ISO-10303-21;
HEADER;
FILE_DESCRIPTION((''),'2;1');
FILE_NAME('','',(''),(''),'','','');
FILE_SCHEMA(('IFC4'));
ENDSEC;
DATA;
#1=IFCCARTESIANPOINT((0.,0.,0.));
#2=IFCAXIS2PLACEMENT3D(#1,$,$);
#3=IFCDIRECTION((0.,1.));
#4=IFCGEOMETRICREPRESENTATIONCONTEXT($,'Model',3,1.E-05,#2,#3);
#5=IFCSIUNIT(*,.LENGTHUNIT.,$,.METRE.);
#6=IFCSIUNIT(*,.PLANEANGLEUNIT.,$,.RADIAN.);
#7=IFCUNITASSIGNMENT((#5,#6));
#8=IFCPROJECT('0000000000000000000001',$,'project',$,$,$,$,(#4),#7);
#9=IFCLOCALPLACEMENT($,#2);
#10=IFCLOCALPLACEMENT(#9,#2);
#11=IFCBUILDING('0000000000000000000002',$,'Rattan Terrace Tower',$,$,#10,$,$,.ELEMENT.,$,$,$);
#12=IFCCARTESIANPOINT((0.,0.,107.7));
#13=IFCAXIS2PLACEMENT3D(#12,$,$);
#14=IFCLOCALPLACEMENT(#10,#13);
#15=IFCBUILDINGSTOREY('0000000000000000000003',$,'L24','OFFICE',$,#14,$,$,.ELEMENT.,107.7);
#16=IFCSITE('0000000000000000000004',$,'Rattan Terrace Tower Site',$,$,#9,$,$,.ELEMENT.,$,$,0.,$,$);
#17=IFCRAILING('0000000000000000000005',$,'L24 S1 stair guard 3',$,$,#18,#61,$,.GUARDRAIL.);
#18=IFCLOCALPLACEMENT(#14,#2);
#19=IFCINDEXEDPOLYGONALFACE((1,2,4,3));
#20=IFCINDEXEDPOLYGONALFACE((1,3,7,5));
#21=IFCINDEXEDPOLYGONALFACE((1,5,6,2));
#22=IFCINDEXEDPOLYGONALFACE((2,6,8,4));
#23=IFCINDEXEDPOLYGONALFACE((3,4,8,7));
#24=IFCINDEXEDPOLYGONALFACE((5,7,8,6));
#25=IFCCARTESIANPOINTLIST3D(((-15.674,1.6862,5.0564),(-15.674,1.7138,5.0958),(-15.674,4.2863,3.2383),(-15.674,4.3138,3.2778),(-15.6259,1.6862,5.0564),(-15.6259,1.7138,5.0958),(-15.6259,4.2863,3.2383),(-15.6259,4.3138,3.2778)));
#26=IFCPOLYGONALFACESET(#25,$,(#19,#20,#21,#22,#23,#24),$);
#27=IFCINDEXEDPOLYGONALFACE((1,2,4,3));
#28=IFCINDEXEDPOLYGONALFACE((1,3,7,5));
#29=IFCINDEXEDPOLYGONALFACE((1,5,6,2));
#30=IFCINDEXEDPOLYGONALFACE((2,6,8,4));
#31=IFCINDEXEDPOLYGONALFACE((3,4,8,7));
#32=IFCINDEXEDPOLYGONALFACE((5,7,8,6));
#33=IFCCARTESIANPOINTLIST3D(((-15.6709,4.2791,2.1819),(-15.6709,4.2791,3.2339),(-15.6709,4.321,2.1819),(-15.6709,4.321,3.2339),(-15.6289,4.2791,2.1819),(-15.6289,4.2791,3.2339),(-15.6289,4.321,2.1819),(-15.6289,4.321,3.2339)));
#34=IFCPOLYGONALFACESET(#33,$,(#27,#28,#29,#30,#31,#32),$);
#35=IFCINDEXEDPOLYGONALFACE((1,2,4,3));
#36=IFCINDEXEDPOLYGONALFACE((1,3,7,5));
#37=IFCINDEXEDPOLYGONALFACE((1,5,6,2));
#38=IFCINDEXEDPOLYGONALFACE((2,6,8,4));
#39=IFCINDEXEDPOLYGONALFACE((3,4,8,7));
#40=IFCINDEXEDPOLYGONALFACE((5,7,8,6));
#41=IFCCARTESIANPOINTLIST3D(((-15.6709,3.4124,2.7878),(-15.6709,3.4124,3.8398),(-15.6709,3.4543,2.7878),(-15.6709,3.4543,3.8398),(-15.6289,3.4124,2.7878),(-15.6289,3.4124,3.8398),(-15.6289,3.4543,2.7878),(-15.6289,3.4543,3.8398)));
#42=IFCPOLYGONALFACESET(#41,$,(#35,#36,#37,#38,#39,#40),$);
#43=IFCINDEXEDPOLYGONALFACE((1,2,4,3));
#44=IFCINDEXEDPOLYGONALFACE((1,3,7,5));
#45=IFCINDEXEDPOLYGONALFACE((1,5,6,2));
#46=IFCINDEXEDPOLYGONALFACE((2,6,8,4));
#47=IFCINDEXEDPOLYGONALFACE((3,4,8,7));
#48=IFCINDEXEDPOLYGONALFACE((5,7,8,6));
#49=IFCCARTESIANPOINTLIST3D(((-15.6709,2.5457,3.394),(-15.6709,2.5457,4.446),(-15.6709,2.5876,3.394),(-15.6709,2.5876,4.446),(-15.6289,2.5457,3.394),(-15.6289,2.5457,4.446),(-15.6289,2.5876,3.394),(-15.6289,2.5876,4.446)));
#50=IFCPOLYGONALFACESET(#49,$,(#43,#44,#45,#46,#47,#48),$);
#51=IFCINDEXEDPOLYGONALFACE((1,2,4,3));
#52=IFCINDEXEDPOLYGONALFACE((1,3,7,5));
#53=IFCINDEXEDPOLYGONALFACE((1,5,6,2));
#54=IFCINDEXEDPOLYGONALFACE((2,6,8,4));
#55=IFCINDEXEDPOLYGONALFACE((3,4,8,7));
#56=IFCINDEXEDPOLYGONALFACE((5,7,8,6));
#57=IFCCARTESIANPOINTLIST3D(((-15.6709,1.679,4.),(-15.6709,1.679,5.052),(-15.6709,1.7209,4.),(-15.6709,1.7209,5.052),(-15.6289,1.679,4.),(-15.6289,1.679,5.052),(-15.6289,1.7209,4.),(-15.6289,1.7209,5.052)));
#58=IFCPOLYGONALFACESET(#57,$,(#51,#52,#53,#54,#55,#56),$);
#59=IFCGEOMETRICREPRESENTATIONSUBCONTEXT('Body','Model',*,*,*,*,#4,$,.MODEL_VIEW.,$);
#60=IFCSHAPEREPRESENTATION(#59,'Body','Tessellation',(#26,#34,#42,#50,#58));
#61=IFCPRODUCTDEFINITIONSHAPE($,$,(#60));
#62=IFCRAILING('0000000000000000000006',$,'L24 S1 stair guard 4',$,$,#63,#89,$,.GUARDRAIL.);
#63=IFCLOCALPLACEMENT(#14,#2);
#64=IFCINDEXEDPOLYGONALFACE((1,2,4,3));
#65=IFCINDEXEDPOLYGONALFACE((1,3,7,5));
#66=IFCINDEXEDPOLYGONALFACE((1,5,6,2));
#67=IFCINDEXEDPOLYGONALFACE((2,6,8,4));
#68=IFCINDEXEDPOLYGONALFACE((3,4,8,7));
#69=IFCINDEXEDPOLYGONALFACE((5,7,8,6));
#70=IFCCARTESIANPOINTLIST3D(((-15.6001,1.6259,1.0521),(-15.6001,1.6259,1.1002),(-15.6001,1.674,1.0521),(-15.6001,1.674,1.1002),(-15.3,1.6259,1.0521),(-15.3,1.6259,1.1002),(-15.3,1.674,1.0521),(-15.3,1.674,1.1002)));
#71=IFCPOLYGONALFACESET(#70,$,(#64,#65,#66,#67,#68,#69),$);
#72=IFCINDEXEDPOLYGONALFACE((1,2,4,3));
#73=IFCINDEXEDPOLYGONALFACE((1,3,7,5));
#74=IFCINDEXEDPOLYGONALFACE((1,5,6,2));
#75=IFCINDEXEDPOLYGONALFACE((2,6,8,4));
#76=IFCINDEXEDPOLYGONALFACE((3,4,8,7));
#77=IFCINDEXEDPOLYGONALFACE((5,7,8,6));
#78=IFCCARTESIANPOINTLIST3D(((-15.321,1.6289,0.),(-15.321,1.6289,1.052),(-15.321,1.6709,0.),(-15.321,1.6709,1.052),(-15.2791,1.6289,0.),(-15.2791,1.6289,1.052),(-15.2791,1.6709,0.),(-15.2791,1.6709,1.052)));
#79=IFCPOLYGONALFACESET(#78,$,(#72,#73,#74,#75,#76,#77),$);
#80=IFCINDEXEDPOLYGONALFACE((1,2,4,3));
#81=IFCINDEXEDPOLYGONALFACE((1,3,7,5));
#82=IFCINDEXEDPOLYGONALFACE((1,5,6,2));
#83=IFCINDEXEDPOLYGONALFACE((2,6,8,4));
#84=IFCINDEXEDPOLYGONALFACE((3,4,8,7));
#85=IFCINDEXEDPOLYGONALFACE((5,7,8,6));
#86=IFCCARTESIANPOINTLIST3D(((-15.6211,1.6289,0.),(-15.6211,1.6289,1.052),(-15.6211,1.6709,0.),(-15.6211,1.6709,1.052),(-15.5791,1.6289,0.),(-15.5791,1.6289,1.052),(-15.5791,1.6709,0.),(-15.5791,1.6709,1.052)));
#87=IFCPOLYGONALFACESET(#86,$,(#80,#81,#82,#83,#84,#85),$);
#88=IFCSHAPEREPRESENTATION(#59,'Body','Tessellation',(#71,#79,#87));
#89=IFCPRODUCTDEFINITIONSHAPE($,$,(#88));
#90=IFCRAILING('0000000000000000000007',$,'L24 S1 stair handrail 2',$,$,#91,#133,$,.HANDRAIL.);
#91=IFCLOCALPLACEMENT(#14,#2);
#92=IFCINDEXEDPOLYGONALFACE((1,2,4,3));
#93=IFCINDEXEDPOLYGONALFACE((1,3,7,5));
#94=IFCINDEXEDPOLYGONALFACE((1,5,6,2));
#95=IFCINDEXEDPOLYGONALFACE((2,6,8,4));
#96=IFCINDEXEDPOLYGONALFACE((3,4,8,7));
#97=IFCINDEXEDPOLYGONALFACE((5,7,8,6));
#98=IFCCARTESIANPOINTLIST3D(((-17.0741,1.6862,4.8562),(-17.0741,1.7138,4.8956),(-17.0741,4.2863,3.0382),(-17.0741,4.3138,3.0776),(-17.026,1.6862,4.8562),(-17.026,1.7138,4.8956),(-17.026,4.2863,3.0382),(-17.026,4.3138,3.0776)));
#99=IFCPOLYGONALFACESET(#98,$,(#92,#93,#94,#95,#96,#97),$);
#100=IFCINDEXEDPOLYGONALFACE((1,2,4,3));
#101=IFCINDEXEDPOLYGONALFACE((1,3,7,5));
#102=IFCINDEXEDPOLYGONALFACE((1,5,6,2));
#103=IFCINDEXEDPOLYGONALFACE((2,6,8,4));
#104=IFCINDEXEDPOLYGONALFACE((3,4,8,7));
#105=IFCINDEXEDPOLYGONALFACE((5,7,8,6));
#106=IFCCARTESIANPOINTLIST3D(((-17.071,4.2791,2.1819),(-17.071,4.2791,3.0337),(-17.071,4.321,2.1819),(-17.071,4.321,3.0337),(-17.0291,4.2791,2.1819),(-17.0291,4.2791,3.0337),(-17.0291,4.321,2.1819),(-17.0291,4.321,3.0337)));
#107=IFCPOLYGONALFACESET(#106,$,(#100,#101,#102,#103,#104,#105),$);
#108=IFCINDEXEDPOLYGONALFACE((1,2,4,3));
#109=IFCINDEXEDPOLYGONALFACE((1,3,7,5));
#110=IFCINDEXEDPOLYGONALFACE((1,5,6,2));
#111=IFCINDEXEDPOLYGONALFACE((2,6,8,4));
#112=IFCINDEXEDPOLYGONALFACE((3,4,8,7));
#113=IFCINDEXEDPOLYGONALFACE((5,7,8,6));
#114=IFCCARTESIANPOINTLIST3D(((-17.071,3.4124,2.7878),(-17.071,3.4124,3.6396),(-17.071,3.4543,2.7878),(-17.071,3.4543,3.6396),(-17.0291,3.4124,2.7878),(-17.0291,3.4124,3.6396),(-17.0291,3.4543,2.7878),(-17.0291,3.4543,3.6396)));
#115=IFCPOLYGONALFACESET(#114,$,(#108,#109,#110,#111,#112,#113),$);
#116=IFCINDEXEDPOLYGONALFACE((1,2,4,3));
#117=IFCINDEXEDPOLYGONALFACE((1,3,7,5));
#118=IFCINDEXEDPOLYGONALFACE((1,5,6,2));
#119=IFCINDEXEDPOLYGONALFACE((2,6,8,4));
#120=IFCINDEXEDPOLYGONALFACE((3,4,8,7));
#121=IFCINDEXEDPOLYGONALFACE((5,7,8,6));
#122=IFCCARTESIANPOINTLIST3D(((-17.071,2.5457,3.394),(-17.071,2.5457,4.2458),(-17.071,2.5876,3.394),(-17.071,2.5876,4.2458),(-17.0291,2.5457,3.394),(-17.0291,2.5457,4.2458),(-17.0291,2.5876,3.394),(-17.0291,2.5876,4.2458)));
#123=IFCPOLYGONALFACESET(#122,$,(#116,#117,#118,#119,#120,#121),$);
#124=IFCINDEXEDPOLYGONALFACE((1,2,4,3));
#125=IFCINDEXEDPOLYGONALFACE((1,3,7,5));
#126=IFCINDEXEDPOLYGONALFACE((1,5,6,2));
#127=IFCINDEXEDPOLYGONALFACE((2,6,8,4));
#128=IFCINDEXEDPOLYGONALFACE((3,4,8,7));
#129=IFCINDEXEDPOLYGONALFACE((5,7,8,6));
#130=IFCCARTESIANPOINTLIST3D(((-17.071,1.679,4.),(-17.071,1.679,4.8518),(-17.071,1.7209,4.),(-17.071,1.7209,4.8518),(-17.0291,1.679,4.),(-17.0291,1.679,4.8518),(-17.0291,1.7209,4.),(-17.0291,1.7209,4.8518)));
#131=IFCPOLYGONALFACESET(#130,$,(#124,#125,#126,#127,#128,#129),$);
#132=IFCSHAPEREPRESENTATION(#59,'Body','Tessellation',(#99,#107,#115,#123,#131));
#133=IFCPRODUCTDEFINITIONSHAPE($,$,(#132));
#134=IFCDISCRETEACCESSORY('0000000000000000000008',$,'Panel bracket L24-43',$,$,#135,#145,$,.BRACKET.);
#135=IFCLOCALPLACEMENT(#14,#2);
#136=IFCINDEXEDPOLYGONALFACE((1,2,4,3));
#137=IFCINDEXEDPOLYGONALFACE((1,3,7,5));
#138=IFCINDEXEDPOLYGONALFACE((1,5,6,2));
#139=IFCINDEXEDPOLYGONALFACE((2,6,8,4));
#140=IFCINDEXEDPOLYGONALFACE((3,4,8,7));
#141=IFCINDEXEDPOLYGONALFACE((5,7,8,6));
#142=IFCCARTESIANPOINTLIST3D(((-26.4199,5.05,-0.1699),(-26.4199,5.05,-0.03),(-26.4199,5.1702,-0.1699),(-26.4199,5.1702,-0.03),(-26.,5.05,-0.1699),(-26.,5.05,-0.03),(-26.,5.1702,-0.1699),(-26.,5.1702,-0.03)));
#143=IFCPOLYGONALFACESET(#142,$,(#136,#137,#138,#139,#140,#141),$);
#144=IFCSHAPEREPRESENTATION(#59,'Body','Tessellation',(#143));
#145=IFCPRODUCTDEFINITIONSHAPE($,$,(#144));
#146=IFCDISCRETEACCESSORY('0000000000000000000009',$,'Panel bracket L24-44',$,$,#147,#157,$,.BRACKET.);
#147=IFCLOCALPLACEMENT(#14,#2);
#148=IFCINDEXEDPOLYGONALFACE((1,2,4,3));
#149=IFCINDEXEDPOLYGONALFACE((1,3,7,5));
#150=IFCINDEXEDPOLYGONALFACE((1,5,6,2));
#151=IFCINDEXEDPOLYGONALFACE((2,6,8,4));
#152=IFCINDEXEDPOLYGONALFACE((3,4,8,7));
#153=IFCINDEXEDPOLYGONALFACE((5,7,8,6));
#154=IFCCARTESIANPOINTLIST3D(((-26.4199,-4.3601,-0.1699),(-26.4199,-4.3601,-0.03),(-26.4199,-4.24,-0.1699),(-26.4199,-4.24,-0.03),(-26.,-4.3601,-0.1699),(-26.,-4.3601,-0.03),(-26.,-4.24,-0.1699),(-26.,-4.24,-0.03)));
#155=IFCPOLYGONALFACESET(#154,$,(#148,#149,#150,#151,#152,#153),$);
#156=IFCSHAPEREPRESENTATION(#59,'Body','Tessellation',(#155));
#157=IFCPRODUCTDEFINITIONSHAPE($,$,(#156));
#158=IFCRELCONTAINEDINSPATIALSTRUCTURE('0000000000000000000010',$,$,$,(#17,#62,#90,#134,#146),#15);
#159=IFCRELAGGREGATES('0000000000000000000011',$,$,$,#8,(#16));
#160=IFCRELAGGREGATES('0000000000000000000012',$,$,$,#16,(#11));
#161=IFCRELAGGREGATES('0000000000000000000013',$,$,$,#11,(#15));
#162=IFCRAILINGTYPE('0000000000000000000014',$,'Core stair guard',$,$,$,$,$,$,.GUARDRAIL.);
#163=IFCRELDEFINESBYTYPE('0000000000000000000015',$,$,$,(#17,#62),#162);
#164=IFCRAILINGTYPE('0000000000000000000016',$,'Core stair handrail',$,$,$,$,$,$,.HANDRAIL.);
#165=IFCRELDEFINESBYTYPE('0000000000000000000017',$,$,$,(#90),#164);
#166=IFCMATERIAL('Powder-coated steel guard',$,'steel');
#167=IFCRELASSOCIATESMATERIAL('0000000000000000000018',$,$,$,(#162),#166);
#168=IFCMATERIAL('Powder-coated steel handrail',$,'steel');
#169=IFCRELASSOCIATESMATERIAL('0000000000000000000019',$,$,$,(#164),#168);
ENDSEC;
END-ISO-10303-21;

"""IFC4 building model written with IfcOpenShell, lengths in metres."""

from ifc_helpers import new_model, si_unit, direction, frame, origin, origin_2d, place, context, subcontext, project, spatial, rectangle, extrude, material, type_object, element, save


model = new_model("IFC4")

# Units and contexts
model_context = context("Model", 3, precision=1e-05, world=origin(), true_north=direction((0.0, 1.0)))
body_context = subcontext(model_context, "Body", "Model", "MODEL_VIEW")
ifc_project = project(units=[si_unit("LENGTHUNIT", "METRE"), si_unit("PLANEANGLEUNIT", "RADIAN")], contexts=[model_context])

# Site, building, storey
site_placement = place(None, origin())
site = spatial("IfcSite", under=ifc_project, at=site_placement, Name="Rattan Terrace Tower Site", CompositionType="ELEMENT", RefElevation=0.0)
building_placement = place(site_placement, origin())
building = spatial("IfcBuilding", under=site, at=building_placement, Name="Rattan Terrace Tower", CompositionType="ELEMENT")
storey_placement = place(building_placement, frame((0.0, 0.0, 107.7)))
storey = spatial("IfcBuildingStorey", under=building, at=storey_placement, Name="L24", Description="OFFICE", CompositionType="ELEMENT", Elevation=107.7)

# Railings
ifc_material_1 = material(Name="Powder-coated steel guard", Category="steel")
railing_type_1 = type_object("IfcRailingType", Name="Core stair guard", PredefinedType="GUARDRAIL", material=ifc_material_1)
railing_1_placement = place(storey_placement, frame((-15.6499, 4.3, 2.1819)))
element("IfcRailing", 1, at=railing_1_placement, inside=storey, type_object=railing_type_1, Name="L24 S1 stair guard 3", PredefinedType="GUARDRAIL", context=body_context, shape_type="SweptSolid", body=[
    extrude(rectangle(XDim=0.0481, YDim=0.0481, at=origin_2d()), frame((0.0, 0.0, 1.0762), z_axis=(0.0, -0.819521, 0.573049), x_axis=(1.0, 0.0, 0.0)), (0.0, 0.0, 1.0), 3.1726),
    extrude(rectangle(XDim=0.042, YDim=0.042, at=origin_2d()), origin(), (0.0, 0.0, 1.0), 1.052),
    extrude(rectangle(XDim=0.042, YDim=0.042, at=origin_2d()), frame((0.0, -0.8667, 0.606)), (0.0, 0.0, 1.0), 1.052),
    extrude(rectangle(XDim=0.042, YDim=0.042, at=origin_2d()), frame((0.0, -1.7334, 1.2122)), (0.0, 0.0, 1.0), 1.052),
    extrude(rectangle(XDim=0.042, YDim=0.042, at=origin_2d()), frame((0.0, -2.6001, 1.8181)), (0.0, 0.0, 1.0), 1.052),
])
railing_2_placement = place(storey_placement, frame((-15.3, 1.6499, 0.0)))
element("IfcRailing", 2, at=railing_2_placement, inside=storey, type_object=railing_type_1, Name="L24 S1 stair guard 4", PredefinedType="GUARDRAIL", context=body_context, shape_type="SweptSolid", body=[
    extrude(rectangle(XDim=0.0481, YDim=0.0481, at=origin_2d()), frame((0.0, 0.0, 1.0762), z_axis=(-1.0, 0.0, 0.0), x_axis=(0.0, -1.0, 0.0)), (0.0, 0.0, 1.0), 0.3),
    extrude(rectangle(XDim=0.042, YDim=0.042, at=origin_2d()), origin(), (0.0, 0.0, 1.0), 1.052),
    extrude(rectangle(XDim=0.042, YDim=0.042, at=origin_2d()), frame((-0.3, 0.0, 0.0)), (0.0, 0.0, 1.0), 1.052),
])
ifc_material_2 = material(Name="Powder-coated steel handrail", Category="steel")
railing_type_2 = type_object("IfcRailingType", Name="Core stair handrail", PredefinedType="HANDRAIL", material=ifc_material_2)
railing_3_placement = place(storey_placement, frame((-17.05, 4.3, 2.1819)))
element("IfcRailing", 3, at=railing_3_placement, inside=storey, type_object=railing_type_2, Name="L24 S1 stair handrail 2", PredefinedType="HANDRAIL", context=body_context, shape_type="SweptSolid", body=[
    extrude(rectangle(XDim=0.0481, YDim=0.0481, at=origin_2d()), frame((0.0, 0.0, 0.876), z_axis=(0.0, -0.819521, 0.573049), x_axis=(1.0, 0.0, 0.0)), (0.0, 0.0, 1.0), 3.1726),
    extrude(rectangle(XDim=0.042, YDim=0.042, at=origin_2d()), origin(), (0.0, 0.0, 1.0), 0.8518),
    extrude(rectangle(XDim=0.042, YDim=0.042, at=origin_2d()), frame((0.0, -0.8667, 0.606)), (0.0, 0.0, 1.0), 0.8518),
    extrude(rectangle(XDim=0.042, YDim=0.042, at=origin_2d()), frame((0.0, -1.7334, 1.2122)), (0.0, 0.0, 1.0), 0.8518),
    extrude(rectangle(XDim=0.042, YDim=0.042, at=origin_2d()), frame((0.0, -2.6001, 1.8181)), (0.0, 0.0, 1.0), 0.8518),
])

# Discrete accessories
for number, where, z_axis, x_axis, name in (
    (4, (-26.21, 5.1101, -0.1699), (0.0, 0.0, 1.0), (0.0, -1.0, 0.0), "Panel bracket L24-43"),
    (5, (-26.21, -4.3, -0.1699), (0.0, 0.0, 1.0), (0.0, -1.0, 0.0), "Panel bracket L24-44"),
):
    element("IfcDiscreteAccessory", number, at=place(storey_placement, frame(where, z_axis=z_axis, x_axis=x_axis)), inside=storey, Name=name, PredefinedType="BRACKET", context=body_context, shape_type="SweptSolid", body=[
        extrude(rectangle(XDim=0.1201, YDim=0.4199, at=origin_2d()), origin(), (0.0, 0.0, 1.0), 0.1399),
    ])

save(model, "model.ifc")
